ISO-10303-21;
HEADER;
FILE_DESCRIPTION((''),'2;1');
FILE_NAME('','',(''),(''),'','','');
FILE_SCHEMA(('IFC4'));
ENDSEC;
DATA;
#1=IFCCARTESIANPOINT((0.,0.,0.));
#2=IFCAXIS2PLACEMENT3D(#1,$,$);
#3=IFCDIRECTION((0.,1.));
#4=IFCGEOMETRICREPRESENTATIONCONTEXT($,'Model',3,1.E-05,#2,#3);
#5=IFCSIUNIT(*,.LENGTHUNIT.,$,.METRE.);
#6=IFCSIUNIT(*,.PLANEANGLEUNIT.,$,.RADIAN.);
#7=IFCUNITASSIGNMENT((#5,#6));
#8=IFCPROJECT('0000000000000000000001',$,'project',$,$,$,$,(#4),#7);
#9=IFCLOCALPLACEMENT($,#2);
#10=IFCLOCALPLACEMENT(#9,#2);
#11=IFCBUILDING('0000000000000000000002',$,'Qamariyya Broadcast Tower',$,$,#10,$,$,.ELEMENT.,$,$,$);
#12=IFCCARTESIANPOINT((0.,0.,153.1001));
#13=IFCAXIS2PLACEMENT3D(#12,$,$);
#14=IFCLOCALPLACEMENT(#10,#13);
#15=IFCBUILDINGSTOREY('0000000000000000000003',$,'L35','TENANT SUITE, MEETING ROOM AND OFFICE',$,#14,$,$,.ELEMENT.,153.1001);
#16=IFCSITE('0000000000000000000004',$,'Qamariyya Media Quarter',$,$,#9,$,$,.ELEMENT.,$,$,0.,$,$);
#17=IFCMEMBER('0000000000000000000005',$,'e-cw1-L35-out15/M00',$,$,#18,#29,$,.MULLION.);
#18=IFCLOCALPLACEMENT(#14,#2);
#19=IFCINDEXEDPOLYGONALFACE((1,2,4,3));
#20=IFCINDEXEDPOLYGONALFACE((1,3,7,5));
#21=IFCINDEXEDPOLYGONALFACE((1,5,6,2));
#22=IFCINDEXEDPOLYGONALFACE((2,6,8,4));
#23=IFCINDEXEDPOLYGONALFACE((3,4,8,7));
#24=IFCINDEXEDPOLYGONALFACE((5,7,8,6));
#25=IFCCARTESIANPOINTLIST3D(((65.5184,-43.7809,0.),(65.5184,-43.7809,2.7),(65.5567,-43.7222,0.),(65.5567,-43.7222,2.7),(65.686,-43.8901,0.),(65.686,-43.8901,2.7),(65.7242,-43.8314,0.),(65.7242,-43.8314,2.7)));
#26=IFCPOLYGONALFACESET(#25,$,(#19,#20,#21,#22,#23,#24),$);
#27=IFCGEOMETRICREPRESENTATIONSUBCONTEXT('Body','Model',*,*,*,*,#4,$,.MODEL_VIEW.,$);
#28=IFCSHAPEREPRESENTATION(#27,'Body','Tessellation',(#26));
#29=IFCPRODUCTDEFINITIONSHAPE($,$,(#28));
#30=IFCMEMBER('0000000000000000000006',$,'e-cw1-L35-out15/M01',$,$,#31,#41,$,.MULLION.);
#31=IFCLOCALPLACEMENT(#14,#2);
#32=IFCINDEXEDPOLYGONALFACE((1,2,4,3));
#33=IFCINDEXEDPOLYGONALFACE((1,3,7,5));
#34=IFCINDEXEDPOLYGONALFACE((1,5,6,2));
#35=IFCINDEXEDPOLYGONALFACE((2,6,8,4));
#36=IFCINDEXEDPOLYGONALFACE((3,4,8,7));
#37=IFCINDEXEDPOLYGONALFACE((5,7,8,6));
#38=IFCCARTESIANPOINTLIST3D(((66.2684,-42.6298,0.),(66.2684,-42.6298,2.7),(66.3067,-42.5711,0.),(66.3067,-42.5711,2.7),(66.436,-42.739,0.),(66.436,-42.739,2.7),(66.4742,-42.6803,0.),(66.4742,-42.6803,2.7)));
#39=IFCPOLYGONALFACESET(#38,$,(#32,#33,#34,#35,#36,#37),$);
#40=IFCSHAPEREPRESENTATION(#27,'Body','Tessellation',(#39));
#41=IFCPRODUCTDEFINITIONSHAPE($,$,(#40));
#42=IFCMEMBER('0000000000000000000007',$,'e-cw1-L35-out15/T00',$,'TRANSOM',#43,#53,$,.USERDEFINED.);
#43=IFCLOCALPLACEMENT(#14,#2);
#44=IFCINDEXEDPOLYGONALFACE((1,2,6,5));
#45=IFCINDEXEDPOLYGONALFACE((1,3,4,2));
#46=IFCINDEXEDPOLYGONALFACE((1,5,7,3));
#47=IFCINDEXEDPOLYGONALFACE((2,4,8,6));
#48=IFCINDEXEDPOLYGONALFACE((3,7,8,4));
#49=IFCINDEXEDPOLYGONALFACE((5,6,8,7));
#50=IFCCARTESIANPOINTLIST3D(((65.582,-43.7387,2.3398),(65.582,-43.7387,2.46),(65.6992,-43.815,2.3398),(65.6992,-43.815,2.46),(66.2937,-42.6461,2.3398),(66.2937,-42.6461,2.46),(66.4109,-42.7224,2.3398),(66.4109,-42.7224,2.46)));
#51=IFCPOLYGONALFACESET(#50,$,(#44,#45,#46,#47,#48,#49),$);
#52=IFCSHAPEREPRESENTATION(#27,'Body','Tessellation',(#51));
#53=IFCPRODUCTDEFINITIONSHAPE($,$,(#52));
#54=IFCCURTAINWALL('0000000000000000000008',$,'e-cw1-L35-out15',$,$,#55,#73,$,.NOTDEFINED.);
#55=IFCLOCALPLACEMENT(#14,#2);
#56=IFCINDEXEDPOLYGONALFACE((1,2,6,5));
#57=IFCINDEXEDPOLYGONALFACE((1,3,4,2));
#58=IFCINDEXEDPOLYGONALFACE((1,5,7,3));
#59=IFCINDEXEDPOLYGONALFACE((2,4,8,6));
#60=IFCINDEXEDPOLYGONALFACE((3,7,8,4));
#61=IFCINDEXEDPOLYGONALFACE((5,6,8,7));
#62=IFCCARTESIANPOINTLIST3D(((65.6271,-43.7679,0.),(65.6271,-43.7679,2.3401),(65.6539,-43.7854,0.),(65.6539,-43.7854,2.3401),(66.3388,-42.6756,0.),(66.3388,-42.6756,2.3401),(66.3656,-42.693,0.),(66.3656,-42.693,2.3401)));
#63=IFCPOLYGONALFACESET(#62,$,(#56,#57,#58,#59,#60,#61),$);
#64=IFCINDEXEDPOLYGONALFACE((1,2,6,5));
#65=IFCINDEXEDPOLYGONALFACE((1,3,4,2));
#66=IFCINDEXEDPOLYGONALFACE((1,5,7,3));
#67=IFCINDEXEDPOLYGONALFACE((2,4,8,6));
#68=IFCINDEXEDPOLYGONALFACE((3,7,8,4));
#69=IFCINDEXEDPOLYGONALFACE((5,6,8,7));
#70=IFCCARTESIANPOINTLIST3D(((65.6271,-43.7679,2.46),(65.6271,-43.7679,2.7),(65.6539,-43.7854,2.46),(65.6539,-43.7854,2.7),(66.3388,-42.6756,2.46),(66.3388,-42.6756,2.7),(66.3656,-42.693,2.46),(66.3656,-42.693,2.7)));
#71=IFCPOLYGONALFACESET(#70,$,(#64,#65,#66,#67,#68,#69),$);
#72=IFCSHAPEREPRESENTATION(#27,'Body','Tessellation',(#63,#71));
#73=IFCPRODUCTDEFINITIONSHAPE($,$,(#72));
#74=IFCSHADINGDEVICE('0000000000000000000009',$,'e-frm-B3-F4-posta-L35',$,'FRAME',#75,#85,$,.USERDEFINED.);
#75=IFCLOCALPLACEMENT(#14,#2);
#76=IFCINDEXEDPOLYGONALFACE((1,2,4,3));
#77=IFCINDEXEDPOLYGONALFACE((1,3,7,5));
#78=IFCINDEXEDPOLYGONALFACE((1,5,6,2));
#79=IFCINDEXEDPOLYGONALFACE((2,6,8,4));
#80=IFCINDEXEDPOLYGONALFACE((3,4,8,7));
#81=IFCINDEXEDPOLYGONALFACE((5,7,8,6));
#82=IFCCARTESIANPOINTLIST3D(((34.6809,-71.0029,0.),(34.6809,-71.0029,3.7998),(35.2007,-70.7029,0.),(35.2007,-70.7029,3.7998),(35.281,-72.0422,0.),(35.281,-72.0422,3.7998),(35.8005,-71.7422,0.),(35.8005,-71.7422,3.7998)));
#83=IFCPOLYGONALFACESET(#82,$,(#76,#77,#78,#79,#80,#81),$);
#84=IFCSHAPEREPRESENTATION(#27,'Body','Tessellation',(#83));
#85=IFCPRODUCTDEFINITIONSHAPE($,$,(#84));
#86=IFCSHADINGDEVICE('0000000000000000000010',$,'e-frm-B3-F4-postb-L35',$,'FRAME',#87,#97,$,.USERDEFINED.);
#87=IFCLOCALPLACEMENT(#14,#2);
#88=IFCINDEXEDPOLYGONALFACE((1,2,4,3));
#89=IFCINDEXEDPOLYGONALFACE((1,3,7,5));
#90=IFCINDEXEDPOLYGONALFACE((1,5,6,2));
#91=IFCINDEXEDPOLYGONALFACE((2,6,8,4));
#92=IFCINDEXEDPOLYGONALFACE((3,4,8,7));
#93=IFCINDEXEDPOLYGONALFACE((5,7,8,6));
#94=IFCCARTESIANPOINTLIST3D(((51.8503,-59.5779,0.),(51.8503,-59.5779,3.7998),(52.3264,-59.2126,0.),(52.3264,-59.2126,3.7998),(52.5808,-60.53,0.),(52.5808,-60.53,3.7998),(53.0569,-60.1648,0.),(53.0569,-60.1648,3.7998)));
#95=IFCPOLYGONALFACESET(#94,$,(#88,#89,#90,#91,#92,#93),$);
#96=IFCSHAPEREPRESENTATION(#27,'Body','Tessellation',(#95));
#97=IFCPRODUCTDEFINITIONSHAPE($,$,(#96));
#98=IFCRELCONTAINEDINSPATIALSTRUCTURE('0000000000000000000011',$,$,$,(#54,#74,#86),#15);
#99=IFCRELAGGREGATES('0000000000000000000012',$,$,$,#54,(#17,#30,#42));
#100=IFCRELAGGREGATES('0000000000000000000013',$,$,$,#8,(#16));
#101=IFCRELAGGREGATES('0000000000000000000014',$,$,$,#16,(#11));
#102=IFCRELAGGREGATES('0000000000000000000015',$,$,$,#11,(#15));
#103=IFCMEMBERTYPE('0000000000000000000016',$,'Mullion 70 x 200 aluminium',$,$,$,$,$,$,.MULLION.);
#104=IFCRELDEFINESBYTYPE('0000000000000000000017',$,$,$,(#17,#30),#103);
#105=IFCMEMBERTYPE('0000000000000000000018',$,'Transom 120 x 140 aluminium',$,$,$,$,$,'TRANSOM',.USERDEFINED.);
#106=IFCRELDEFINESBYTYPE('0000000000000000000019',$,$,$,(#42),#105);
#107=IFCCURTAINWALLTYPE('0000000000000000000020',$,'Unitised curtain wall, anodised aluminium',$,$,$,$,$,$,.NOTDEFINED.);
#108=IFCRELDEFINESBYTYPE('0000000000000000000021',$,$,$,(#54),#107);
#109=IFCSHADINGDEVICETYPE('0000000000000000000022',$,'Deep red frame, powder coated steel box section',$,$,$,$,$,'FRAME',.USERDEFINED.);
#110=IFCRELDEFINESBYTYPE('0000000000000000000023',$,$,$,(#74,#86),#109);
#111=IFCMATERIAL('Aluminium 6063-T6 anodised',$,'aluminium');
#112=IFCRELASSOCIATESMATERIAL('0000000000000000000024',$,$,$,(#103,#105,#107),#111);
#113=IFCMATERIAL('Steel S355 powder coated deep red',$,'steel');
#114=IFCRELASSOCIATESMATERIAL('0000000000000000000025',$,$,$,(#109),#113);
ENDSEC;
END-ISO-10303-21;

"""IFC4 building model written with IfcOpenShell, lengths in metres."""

from ifc_helpers import new_model, si_unit, direction, frame, origin, origin_2d, place, context, subcontext, project, spatial, polyline, rectangle, outline, extrude, material, material_profile, profile_set, type_object, element, aggregate, save


model = new_model("IFC4")

# Units and contexts
model_context = context("Model", 3, precision=1e-05, world=origin(), true_north=direction((0.0, 1.0)))
body_context = subcontext(model_context, "Body", "Model", "MODEL_VIEW")
ifc_project = project(units=[si_unit("LENGTHUNIT", "METRE"), si_unit("PLANEANGLEUNIT", "RADIAN")], contexts=[model_context])

# Members
ifc_material_1 = material(Name="Aluminium 6063-T6 anodised", Category="aluminium")
site_placement = place(None, origin())
building_placement = place(site_placement, origin())
storey_placement = place(building_placement, frame((0.0, 0.0, 153.1001)))
ifc_material_profile_1 = material_profile(ifc_material_1, rectangle(XDim=0.2, YDim=0.0701, at=origin_2d()))
ifc_profile_set_1 = profile_set([ifc_material_profile_1], Name="Aluminium 6063-T6 anodised")
member_type_1 = type_object("IfcMemberType", Name="Mullion 70 x 200 aluminium", PredefinedType="MULLION", material=ifc_profile_set_1)
member_1_placement = place(storey_placement, frame((65.6213, -43.8062, 0.0), z_axis=(0.0, 0.0, 1.0), x_axis=(-0.837844, 0.545909, 0.0)))
member_1 = element("IfcMember", 1, at=member_1_placement, type_object=member_type_1, Name="e-cw1-L35-out15/M00", PredefinedType="MULLION", context=body_context, shape_type="SweptSolid", body=[
    extrude(rectangle(XDim=0.2, YDim=0.0701, at=origin_2d()), origin(), (0.0, 0.0, 1.0), 2.7),
])
member_2_placement = place(storey_placement, frame((66.3713, -42.655, 0.0), z_axis=(0.0, 0.0, 1.0), x_axis=(-0.837844, 0.545909, 0.0)))
member_2 = element("IfcMember", 2, at=member_2_placement, type_object=member_type_1, Name="e-cw1-L35-out15/M01", PredefinedType="MULLION", context=body_context, shape_type="SweptSolid", body=[
    extrude(rectangle(XDim=0.2, YDim=0.0701, at=origin_2d()), origin(), (0.0, 0.0, 1.0), 2.7),
])
ifc_material_profile_2 = material_profile(ifc_material_1, rectangle(XDim=0.1399, YDim=0.1201, at=origin_2d()))
ifc_profile_set_2 = profile_set([ifc_material_profile_2], Name="Aluminium 6063-T6 anodised")
member_type_2 = type_object("IfcMemberType", Name="Transom 120 x 140 aluminium", ElementType="TRANSOM", PredefinedType="USERDEFINED", material=ifc_profile_set_2)
member_3_placement = place(storey_placement, frame((65.6406, -43.7769, 2.3999), z_axis=(0.545811, 0.837908, 0.0), x_axis=(-0.837908, 0.545811, 0.0)))
member_3 = element("IfcMember", 3, at=member_3_placement, type_object=member_type_2, Name="e-cw1-L35-out15/T00", ObjectType="TRANSOM", PredefinedType="USERDEFINED", context=body_context, shape_type="SweptSolid", body=[
    extrude(rectangle(XDim=0.1399, YDim=0.1201, at=origin_2d()), origin(), (0.0, 0.0, 1.0), 1.304),
])

# Site, building, storey
site = spatial("IfcSite", under=ifc_project, at=site_placement, Name="Qamariyya Media Quarter", CompositionType="ELEMENT", RefElevation=0.0)
building = spatial("IfcBuilding", under=site, at=building_placement, Name="Qamariyya Broadcast Tower", CompositionType="ELEMENT")
storey = spatial("IfcBuildingStorey", under=building, at=storey_placement, Name="L35", Description="TENANT SUITE, MEETING ROOM AND OFFICE", CompositionType="ELEMENT", Elevation=153.1001)

# Curtain wall
curtain_wall_type_1 = type_object("IfcCurtainWallType", Name="Unitised curtain wall, anodised aluminium", PredefinedType="NOTDEFINED", material=ifc_material_1)
curtain_wall_1_placement = place(storey_placement, origin())
curtain_wall_1 = element("IfcCurtainWall", 4, at=curtain_wall_1_placement, inside=storey, type_object=curtain_wall_type_1, Name="e-cw1-L35-out15", PredefinedType="NOTDEFINED", context=body_context, shape_type="SweptSolid", body=[
    extrude(rectangle(XDim=1.3037, YDim=0.032, at=origin_2d()), frame((65.9963, -43.2305, 0.0), x_axis=(0.54585, 0.837883, 0.0)), (0.0, 0.0, 1.0), 2.3401),
    extrude(rectangle(XDim=1.3037, YDim=0.032, at=origin_2d()), frame((65.9963, -43.2305, 2.46), x_axis=(0.54585, 0.837883, 0.0)), (0.0, 0.0, 1.0), 0.24),
])
aggregate(curtain_wall_1, [member_1, member_2, member_3])

# Shading devices
ifc_material_2 = material(Name="Steel S355 powder coated deep red", Category="steel")
shading_device_type = type_object("IfcShadingDeviceType", Name="Deep red frame, powder coated steel box section", ElementType="FRAME", PredefinedType="USERDEFINED", material=ifc_material_2)
shading_device_1_placement = place(storey_placement, origin())
element("IfcShadingDevice", 5, at=shading_device_1_placement, inside=storey, type_object=shading_device_type, Name="e-frm-B3-F4-posta-L35", ObjectType="FRAME", PredefinedType="USERDEFINED", context=body_context, shape_type="SweptSolid", body=[
    extrude(outline(polyline([(34.6809, -71.0029), (35.281, -72.0422), (35.8005, -71.7422), (35.2007, -70.7029), (34.6809, -71.0029)])), origin(), (0.0, 0.0, 1.0), 3.7998),
])
shading_device_2_placement = place(storey_placement, origin())
element("IfcShadingDevice", 6, at=shading_device_2_placement, inside=storey, type_object=shading_device_type, Name="e-frm-B3-F4-postb-L35", ObjectType="FRAME", PredefinedType="USERDEFINED", context=body_context, shape_type="SweptSolid", body=[
    extrude(outline(polyline([(51.8503, -59.5779), (52.5808, -60.53), (53.0569, -60.1648), (52.3264, -59.2126), (51.8503, -59.5779)])), origin(), (0.0, 0.0, 1.0), 3.7998),
])

save(model, "model.ifc")
